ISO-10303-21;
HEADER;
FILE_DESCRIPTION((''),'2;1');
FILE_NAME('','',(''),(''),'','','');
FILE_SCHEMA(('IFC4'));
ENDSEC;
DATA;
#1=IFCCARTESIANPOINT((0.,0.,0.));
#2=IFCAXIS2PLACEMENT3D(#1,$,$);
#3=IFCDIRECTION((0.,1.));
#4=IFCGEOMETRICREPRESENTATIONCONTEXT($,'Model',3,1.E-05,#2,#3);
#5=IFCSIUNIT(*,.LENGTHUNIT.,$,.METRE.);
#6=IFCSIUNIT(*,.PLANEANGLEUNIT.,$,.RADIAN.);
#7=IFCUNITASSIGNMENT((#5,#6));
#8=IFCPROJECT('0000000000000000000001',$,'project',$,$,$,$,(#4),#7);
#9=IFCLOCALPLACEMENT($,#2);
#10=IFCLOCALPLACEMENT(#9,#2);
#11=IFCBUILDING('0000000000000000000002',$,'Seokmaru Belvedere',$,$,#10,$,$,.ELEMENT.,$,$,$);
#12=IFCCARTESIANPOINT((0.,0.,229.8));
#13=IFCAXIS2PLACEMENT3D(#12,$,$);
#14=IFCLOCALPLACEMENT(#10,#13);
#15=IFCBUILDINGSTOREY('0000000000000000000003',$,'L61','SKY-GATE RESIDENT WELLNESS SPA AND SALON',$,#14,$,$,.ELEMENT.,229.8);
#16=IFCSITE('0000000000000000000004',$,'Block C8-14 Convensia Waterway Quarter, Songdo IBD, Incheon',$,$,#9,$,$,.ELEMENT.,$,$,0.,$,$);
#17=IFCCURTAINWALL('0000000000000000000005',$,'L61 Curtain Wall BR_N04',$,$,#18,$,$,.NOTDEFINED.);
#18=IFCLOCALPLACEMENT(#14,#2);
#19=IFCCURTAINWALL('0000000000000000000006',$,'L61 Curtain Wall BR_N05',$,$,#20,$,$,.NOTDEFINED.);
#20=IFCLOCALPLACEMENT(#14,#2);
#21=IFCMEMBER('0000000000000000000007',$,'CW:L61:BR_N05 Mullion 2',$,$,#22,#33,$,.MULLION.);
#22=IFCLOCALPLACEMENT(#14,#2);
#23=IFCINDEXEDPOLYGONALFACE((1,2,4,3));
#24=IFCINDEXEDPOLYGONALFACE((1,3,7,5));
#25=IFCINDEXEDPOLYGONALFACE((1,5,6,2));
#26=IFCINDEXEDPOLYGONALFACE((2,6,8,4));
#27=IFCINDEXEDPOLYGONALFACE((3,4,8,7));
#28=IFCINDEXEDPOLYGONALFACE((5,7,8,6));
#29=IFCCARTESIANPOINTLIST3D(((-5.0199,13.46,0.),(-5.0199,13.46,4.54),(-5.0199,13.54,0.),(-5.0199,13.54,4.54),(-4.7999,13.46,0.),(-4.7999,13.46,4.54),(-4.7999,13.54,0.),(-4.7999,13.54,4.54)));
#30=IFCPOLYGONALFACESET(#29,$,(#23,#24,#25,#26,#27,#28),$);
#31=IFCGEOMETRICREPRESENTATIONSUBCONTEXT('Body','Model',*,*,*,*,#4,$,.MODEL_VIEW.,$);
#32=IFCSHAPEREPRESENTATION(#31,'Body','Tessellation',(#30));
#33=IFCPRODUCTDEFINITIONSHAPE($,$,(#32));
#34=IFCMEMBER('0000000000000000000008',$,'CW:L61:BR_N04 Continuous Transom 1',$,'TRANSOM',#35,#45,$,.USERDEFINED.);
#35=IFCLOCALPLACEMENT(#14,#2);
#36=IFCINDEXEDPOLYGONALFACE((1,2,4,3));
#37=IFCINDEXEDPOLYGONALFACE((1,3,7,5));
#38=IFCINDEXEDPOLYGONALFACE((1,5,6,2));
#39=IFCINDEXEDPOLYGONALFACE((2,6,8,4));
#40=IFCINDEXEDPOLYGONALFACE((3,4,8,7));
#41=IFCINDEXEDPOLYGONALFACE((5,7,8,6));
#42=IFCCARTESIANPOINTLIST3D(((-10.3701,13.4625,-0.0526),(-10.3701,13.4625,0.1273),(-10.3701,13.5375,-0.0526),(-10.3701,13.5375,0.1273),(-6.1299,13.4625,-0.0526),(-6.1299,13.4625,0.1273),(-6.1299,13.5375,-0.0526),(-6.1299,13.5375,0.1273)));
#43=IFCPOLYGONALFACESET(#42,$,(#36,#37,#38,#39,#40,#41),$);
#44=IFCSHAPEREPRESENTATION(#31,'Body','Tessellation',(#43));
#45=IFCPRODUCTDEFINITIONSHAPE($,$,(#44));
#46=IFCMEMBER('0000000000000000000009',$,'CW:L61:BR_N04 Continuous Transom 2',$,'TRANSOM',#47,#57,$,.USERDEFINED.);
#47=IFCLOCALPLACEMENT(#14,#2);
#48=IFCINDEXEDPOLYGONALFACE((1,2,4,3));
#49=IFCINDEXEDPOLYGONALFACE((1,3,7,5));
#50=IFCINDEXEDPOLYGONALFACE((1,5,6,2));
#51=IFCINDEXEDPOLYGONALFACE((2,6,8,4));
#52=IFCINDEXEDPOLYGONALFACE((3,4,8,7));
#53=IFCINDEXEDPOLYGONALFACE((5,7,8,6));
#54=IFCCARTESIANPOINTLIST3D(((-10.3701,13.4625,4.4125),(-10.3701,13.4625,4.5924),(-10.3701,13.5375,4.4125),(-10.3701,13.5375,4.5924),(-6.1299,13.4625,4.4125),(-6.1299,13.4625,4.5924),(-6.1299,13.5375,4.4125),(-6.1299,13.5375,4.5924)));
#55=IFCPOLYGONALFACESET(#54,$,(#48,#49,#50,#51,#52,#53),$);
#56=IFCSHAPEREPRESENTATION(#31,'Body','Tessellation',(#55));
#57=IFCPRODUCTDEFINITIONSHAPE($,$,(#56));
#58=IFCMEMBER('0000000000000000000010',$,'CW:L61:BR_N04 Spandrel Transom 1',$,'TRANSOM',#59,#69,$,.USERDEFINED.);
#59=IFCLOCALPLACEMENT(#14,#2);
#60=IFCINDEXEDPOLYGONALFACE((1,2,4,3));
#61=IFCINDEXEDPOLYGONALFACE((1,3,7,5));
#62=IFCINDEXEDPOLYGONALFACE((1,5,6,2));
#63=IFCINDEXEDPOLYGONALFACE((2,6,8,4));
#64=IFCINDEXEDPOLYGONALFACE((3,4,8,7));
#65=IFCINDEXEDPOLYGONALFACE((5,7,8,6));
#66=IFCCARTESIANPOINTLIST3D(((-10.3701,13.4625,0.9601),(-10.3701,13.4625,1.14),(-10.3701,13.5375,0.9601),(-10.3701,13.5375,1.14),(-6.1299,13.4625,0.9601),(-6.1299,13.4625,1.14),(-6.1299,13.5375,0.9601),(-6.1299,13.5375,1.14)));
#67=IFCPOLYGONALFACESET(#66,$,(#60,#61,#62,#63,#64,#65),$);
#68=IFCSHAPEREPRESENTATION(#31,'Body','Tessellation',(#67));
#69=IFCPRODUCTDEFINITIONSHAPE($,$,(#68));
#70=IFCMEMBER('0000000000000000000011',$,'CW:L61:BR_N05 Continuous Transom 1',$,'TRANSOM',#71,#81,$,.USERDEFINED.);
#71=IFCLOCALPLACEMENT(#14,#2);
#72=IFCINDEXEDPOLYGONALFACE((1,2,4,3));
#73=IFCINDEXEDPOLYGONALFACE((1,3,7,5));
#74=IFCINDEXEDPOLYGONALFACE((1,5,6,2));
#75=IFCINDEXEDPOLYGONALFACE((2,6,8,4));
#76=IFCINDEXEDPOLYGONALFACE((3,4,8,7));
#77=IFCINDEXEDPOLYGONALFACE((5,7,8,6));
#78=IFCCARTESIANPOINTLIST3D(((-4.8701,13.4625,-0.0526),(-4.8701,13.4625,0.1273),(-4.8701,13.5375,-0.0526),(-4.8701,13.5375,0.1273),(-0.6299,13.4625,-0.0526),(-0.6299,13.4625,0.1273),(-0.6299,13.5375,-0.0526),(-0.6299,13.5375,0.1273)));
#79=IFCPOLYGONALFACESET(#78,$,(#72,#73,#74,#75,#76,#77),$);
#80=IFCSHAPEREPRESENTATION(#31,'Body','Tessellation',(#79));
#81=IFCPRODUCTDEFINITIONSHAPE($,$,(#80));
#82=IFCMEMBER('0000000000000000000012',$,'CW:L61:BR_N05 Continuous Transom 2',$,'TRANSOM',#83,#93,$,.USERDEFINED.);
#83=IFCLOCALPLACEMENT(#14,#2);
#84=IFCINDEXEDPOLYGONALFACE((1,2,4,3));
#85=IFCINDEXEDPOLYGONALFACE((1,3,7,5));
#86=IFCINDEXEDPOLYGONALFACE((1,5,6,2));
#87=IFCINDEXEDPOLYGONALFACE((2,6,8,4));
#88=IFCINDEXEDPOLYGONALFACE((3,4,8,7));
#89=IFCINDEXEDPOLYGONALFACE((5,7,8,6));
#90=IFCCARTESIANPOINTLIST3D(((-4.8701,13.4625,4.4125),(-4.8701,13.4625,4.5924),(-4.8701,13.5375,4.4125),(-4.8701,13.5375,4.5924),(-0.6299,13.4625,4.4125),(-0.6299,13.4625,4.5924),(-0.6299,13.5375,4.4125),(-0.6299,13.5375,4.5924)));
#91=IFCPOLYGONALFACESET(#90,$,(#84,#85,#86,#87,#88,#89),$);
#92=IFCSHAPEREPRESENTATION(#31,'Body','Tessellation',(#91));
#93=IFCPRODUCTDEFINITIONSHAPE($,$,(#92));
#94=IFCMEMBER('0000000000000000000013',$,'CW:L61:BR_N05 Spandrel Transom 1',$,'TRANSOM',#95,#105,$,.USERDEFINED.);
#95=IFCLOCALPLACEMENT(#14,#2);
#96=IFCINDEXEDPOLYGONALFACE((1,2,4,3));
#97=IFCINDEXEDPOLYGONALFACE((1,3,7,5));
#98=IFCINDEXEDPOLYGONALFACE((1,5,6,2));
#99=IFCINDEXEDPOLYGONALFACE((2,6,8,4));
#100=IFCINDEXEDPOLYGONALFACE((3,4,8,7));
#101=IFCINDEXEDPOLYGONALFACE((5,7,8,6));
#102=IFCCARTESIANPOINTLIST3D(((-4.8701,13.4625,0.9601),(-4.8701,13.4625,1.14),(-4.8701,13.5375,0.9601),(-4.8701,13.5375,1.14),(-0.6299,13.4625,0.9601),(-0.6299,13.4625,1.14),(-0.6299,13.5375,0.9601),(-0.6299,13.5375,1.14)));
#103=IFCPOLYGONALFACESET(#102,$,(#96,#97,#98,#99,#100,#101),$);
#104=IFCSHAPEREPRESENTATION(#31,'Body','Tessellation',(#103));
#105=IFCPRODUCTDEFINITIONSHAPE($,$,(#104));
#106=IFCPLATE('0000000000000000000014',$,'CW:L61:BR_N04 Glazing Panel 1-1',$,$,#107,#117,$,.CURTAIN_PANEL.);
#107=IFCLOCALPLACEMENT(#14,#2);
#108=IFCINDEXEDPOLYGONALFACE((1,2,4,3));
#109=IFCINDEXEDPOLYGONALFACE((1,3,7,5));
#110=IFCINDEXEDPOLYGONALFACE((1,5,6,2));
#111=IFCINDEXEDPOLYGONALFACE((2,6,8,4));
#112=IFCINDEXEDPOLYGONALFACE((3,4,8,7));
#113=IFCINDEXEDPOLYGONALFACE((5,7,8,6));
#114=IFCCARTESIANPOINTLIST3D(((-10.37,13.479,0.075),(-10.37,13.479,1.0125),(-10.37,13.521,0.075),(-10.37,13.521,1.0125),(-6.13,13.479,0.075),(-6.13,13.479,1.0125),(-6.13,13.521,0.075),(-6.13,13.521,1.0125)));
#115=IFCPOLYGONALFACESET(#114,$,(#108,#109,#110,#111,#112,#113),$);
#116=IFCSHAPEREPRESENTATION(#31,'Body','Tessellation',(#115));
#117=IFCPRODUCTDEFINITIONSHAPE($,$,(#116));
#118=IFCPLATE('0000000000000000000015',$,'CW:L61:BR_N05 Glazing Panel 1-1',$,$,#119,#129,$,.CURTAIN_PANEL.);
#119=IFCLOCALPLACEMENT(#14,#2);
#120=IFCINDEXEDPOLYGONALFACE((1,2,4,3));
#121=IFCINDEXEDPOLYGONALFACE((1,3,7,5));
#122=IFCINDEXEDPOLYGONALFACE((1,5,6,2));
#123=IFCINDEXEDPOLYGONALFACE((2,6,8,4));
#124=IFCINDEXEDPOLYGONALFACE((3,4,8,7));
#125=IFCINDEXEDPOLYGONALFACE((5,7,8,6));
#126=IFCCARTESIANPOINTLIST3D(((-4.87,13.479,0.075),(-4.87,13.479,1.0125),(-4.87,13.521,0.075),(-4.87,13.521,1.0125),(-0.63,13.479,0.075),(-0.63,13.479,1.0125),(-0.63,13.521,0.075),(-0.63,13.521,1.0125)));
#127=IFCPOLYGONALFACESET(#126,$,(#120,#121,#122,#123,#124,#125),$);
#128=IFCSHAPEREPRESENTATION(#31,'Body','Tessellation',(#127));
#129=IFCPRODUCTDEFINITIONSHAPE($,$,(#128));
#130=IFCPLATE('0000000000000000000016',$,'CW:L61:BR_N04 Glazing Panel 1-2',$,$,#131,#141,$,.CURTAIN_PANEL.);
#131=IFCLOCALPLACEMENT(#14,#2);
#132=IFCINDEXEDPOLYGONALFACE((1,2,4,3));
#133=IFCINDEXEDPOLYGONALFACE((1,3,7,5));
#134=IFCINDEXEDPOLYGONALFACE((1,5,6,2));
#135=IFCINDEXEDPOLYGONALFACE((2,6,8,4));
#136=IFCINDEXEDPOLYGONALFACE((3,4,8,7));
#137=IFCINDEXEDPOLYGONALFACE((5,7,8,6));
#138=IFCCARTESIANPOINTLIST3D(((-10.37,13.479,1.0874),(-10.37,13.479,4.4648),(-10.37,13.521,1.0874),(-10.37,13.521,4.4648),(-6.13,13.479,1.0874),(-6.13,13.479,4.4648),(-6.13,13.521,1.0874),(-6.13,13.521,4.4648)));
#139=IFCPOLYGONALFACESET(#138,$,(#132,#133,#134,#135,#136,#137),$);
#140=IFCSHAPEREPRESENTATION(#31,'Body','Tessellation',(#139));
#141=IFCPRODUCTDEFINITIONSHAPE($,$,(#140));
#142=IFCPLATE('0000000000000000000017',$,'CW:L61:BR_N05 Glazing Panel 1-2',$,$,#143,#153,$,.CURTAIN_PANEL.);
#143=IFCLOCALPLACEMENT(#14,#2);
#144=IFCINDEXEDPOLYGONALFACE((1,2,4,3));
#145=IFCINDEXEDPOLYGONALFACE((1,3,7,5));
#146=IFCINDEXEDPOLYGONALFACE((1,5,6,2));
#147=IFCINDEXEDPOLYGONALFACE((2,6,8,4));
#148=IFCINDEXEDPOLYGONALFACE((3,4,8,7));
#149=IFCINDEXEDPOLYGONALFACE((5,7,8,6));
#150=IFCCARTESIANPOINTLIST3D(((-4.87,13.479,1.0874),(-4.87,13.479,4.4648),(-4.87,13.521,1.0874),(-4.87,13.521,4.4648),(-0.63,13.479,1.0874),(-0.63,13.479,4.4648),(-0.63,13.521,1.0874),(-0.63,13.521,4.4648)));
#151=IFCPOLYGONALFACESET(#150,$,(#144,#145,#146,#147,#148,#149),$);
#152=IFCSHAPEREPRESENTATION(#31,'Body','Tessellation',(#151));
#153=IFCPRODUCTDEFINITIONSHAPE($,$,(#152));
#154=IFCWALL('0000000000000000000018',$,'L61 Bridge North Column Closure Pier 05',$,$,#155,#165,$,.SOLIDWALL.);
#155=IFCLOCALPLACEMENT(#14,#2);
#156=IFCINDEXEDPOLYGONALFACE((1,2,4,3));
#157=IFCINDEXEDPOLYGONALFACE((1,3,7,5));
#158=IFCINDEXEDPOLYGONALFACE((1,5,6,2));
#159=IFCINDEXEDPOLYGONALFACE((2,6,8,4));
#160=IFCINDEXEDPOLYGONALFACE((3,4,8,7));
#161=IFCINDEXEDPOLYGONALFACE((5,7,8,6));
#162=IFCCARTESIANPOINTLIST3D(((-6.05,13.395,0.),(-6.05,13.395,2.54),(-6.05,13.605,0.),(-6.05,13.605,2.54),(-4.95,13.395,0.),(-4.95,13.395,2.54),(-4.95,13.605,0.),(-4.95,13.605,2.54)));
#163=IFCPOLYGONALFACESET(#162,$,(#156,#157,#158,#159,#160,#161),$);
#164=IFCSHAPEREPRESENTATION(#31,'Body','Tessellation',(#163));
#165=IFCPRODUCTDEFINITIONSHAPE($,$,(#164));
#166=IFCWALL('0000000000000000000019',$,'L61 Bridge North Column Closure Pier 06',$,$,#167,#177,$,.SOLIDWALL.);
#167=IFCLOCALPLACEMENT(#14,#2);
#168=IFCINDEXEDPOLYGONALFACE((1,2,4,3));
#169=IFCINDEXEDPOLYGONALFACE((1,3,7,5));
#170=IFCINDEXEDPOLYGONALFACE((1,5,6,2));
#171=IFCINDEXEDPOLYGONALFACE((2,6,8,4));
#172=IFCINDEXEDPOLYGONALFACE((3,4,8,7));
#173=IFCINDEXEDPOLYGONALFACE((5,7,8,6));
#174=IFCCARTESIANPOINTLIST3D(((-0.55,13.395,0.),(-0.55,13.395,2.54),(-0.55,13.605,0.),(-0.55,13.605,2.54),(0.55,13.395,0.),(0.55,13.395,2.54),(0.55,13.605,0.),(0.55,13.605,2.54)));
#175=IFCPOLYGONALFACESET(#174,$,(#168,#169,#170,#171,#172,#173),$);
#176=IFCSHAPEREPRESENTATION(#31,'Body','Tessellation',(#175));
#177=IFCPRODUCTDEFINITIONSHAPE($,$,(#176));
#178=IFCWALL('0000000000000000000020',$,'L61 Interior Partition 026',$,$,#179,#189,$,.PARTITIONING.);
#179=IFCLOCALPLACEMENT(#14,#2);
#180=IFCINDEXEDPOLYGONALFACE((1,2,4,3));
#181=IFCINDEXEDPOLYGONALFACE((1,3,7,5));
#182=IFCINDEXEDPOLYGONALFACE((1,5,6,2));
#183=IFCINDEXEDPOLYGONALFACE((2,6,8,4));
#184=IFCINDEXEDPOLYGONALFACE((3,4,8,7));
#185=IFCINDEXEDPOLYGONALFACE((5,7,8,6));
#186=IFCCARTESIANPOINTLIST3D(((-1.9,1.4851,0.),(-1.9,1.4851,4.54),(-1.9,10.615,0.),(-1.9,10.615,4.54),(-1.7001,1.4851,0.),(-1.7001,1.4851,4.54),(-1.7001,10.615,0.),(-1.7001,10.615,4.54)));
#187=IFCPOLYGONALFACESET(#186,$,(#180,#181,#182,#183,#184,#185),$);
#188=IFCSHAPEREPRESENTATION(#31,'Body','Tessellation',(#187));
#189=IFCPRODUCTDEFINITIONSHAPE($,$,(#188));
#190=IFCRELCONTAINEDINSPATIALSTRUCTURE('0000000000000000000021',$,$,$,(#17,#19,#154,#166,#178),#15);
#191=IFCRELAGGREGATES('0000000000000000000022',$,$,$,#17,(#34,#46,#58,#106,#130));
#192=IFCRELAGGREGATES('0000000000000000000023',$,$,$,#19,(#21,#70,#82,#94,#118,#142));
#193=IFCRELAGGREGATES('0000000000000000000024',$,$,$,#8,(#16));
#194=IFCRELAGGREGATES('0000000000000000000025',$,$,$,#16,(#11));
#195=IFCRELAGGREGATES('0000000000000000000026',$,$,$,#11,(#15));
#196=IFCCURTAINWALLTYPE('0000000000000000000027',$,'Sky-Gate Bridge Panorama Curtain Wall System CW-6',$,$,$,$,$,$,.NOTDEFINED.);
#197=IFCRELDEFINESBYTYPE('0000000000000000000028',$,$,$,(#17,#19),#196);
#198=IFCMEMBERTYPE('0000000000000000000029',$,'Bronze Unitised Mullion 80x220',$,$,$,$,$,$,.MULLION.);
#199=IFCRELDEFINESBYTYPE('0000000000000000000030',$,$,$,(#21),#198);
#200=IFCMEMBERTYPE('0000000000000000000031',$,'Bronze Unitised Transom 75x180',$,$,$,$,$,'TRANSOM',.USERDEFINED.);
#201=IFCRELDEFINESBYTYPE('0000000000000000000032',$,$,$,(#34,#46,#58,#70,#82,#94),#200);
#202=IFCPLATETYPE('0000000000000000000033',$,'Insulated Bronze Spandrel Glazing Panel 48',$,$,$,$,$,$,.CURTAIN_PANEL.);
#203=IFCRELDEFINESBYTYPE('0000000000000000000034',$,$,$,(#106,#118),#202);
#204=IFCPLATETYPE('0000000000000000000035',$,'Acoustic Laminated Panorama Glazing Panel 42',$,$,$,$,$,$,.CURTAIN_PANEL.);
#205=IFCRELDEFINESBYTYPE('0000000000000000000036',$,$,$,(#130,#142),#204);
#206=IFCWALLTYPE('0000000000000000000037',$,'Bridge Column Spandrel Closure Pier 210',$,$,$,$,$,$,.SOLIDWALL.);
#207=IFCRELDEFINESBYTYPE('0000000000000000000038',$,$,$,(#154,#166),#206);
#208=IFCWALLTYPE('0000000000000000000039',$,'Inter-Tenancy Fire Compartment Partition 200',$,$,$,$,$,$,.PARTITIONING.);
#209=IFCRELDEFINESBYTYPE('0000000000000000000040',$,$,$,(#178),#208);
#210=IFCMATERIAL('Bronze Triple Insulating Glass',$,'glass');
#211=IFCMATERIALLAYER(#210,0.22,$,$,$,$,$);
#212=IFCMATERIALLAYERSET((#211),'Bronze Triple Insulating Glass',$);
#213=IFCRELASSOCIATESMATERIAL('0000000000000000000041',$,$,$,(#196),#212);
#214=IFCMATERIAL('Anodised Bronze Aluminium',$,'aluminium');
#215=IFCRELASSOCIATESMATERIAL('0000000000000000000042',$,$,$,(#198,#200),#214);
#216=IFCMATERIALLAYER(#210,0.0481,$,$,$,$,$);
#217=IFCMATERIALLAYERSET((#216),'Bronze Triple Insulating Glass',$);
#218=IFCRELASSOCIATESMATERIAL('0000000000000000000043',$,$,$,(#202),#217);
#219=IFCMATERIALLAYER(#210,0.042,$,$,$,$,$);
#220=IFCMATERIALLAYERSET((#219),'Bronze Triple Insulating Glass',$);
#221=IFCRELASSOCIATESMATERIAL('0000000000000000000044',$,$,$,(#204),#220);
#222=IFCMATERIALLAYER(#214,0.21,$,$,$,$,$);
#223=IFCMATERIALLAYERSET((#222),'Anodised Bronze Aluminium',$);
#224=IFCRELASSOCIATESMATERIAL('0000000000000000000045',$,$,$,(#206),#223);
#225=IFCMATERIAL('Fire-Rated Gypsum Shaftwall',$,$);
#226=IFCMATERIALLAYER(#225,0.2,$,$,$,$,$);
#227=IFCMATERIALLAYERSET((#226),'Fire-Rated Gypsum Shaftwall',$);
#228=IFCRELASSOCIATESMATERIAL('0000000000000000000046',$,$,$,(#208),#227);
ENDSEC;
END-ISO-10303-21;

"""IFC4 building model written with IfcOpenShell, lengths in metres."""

from ifc_helpers import new_model, si_unit, direction, frame, frame_2d, origin, origin_2d, place, context, subcontext, project, spatial, rectangle, extrude, source, transform, mapped, material, layer, layer_set, material_profile, profile_set, type_object, type_shapes, element, aggregate, save


model = new_model("IFC4")

# Units and contexts
model_context = context("Model", 3, precision=1e-05, world=origin(), true_north=direction((0.0, 1.0)))
body_context = subcontext(model_context, "Body", "Model", "MODEL_VIEW")
ifc_project = project(units=[si_unit("LENGTHUNIT", "METRE"), si_unit("PLANEANGLEUNIT", "RADIAN")], contexts=[model_context])

# Site, building, storey
site_placement = place(None, origin())
site = spatial("IfcSite", under=ifc_project, at=site_placement, Name="Block C8-14 Convensia Waterway Quarter, Songdo IBD, Incheon", CompositionType="ELEMENT", RefElevation=0.0)
building_placement = place(site_placement, origin())
building = spatial("IfcBuilding", under=site, at=building_placement, Name="Seokmaru Belvedere", CompositionType="ELEMENT")
storey_placement = place(building_placement, frame((0.0, 0.0, 229.8)))
storey = spatial("IfcBuildingStorey", under=building, at=storey_placement, Name="L61", Description="SKY-GATE RESIDENT WELLNESS SPA AND SALON", CompositionType="ELEMENT", Elevation=229.8)

# Curtain walls, member
ifc_material_1 = material(Name="Bronze Triple Insulating Glass", Category="glass")
ifc_layer_1 = layer(ifc_material_1, 0.22)
ifc_layer_set_1 = layer_set([ifc_layer_1], Name="Bronze Triple Insulating Glass")
curtain_wall_type = type_object("IfcCurtainWallType", Name="Sky-Gate Bridge Panorama Curtain Wall System CW-6", PredefinedType="NOTDEFINED", material=ifc_layer_set_1)
curtain_wall_1_placement = place(storey_placement, origin())
curtain_wall_1 = element("IfcCurtainWall", 1, at=curtain_wall_1_placement, inside=storey, type_object=curtain_wall_type, Name="L61 Curtain Wall BR_N04", PredefinedType="NOTDEFINED")
ifc_material_2 = material(Name="Anodised Bronze Aluminium", Category="aluminium")
ifc_material_profile_1 = material_profile(ifc_material_2, rectangle(XDim=0.0801, YDim=0.22, at=origin_2d()), Name="CW-M-80x220")
ifc_profile_set_1 = profile_set([ifc_material_profile_1], Name="Anodised Bronze Aluminium")
member_type_1 = type_object("IfcMemberType", Name="Bronze Unitised Mullion 80x220", PredefinedType="MULLION", material=ifc_profile_set_1)
shared_shape_1 = source(origin(), body_context, "Body", "SweptSolid", [
    extrude(rectangle(XDim=0.0801, YDim=0.22, at=origin_2d()), origin(), (0.0, 0.0, 1.0), 4.54),
])
type_shapes(member_type_1, [shared_shape_1])
curtain_wall_2_placement = place(storey_placement, origin())
curtain_wall_2 = element("IfcCurtainWall", 2, at=curtain_wall_2_placement, inside=storey, type_object=curtain_wall_type, Name="L61 Curtain Wall BR_N05", PredefinedType="NOTDEFINED")
member_1_placement = place(storey_placement, frame((-4.9099, 13.5, 0.0), z_axis=(0.0, 0.0, 1.0), x_axis=(0.0, -1.0, 0.0)))
member_1 = element("IfcMember", 3, at=member_1_placement, type_object=member_type_1, Name="CW:L61:BR_N05 Mullion 2", PredefinedType="MULLION", context=body_context, shape_type="MappedRepresentation", body=[
    mapped(shared_shape_1, transform((0.0, 0.0, 0.0), scale=1.0)),
])

# Members
ifc_material_profile_2 = material_profile(ifc_material_2, rectangle(XDim=0.075, YDim=0.1799, at=origin_2d()), Name="CW-T-75x180")
ifc_profile_set_2 = profile_set([ifc_material_profile_2], Name="Anodised Bronze Aluminium")
member_type_2 = type_object("IfcMemberType", Name="Bronze Unitised Transom 75x180", ElementType="TRANSOM", PredefinedType="USERDEFINED", material=ifc_profile_set_2)
shared_shape_2 = source(origin(), body_context, "Body", "SweptSolid", [
    extrude(rectangle(XDim=0.075, YDim=0.1799, at=origin_2d()), origin(), (0.0, 0.0, 1.0), 4.2402),
])
type_shapes(member_type_2, [shared_shape_2])
member_2_placement = place(storey_placement, frame((-6.1299, 13.5, 0.0374), z_axis=(-1.0, 0.0, 0.0), x_axis=(0.0, -1.0, 0.0)))
member_2 = element("IfcMember", 4, at=member_2_placement, type_object=member_type_2, Name="CW:L61:BR_N04 Continuous Transom 1", ObjectType="TRANSOM", PredefinedType="USERDEFINED", context=body_context, shape_type="MappedRepresentation", body=[
    mapped(shared_shape_2, transform((0.0, 0.0, 0.0), scale=1.0)),
])
member_3_placement = place(storey_placement, frame((-6.1299, 13.5, 4.5024), z_axis=(-1.0, 0.0, 0.0), x_axis=(0.0, -1.0, 0.0)))
member_3 = element("IfcMember", 5, at=member_3_placement, type_object=member_type_2, Name="CW:L61:BR_N04 Continuous Transom 2", ObjectType="TRANSOM", PredefinedType="USERDEFINED", context=body_context, shape_type="MappedRepresentation", body=[
    mapped(shared_shape_2, transform((0.0, 0.0, 0.0), scale=1.0)),
])
member_4_placement = place(storey_placement, frame((-6.1299, 13.5, 1.05), z_axis=(-1.0, 0.0, 0.0), x_axis=(0.0, -1.0, 0.0)))
member_4 = element("IfcMember", 6, at=member_4_placement, type_object=member_type_2, Name="CW:L61:BR_N04 Spandrel Transom 1", ObjectType="TRANSOM", PredefinedType="USERDEFINED", context=body_context, shape_type="MappedRepresentation", body=[
    mapped(shared_shape_2, transform((0.0, 0.0, 0.0), scale=1.0)),
])
member_5_placement = place(storey_placement, frame((-0.6299, 13.5, 0.0374), z_axis=(-1.0, 0.0, 0.0), x_axis=(0.0, -1.0, 0.0)))
member_5 = element("IfcMember", 7, at=member_5_placement, type_object=member_type_2, Name="CW:L61:BR_N05 Continuous Transom 1", ObjectType="TRANSOM", PredefinedType="USERDEFINED", context=body_context, shape_type="MappedRepresentation", body=[
    mapped(shared_shape_2, transform((0.0, 0.0, 0.0), scale=1.0)),
])
member_6_placement = place(storey_placement, frame((-0.6299, 13.5, 4.5024), z_axis=(-1.0, 0.0, 0.0), x_axis=(0.0, -1.0, 0.0)))
member_6 = element("IfcMember", 8, at=member_6_placement, type_object=member_type_2, Name="CW:L61:BR_N05 Continuous Transom 2", ObjectType="TRANSOM", PredefinedType="USERDEFINED", context=body_context, shape_type="MappedRepresentation", body=[
    mapped(shared_shape_2, transform((0.0, 0.0, 0.0), scale=1.0)),
])
member_7_placement = place(storey_placement, frame((-0.6299, 13.5, 1.05), z_axis=(-1.0, 0.0, 0.0), x_axis=(0.0, -1.0, 0.0)))
member_7 = element("IfcMember", 9, at=member_7_placement, type_object=member_type_2, Name="CW:L61:BR_N05 Spandrel Transom 1", ObjectType="TRANSOM", PredefinedType="USERDEFINED", context=body_context, shape_type="MappedRepresentation", body=[
    mapped(shared_shape_2, transform((0.0, 0.0, 0.0), scale=1.0)),
])

# Plates
ifc_layer_2 = layer(ifc_material_1, 0.0481)
ifc_layer_set_2 = layer_set([ifc_layer_2], Name="Bronze Triple Insulating Glass")
plate_type_1 = type_object("IfcPlateType", Name="Insulated Bronze Spandrel Glazing Panel 48", PredefinedType="CURTAIN_PANEL", material=ifc_layer_set_2)
shared_shape_3 = source(origin(), body_context, "Body", "SweptSolid", [
    extrude(rectangle(XDim=4.24, YDim=0.042, at=origin_2d()), origin(), (0.0, 0.0, 1.0), 0.9375),
])
type_shapes(plate_type_1, [shared_shape_3])
plate_1_placement = place(storey_placement, frame((-8.25, 13.5, 0.075), z_axis=(0.0, 0.0, 1.0), x_axis=(-1.0, 0.0, 0.0)))
plate_1 = element("IfcPlate", 10, at=plate_1_placement, type_object=plate_type_1, Name="CW:L61:BR_N04 Glazing Panel 1-1", PredefinedType="CURTAIN_PANEL", context=body_context, shape_type="MappedRepresentation", body=[
    mapped(shared_shape_3, transform((0.0, 0.0, 0.0), scale=1.0)),
])
plate_2_placement = place(storey_placement, frame((-2.75, 13.5, 0.075), z_axis=(0.0, 0.0, 1.0), x_axis=(-1.0, 0.0, 0.0)))
plate_2 = element("IfcPlate", 11, at=plate_2_placement, type_object=plate_type_1, Name="CW:L61:BR_N05 Glazing Panel 1-1", PredefinedType="CURTAIN_PANEL", context=body_context, shape_type="MappedRepresentation", body=[
    mapped(shared_shape_3, transform((0.0, 0.0, 0.0), scale=1.0)),
])
ifc_layer_3 = layer(ifc_material_1, 0.042)
ifc_layer_set_3 = layer_set([ifc_layer_3], Name="Bronze Triple Insulating Glass")
plate_type_2 = type_object("IfcPlateType", Name="Acoustic Laminated Panorama Glazing Panel 42", PredefinedType="CURTAIN_PANEL", material=ifc_layer_set_3)
shared_shape_4 = source(origin(), body_context, "Body", "SweptSolid", [
    extrude(rectangle(XDim=4.24, YDim=0.042, at=origin_2d()), origin(), (0.0, 0.0, 1.0), 3.3774),
])
type_shapes(plate_type_2, [shared_shape_4])
plate_3_placement = place(storey_placement, frame((-8.25, 13.5, 1.0874), z_axis=(0.0, 0.0, 1.0), x_axis=(-1.0, 0.0, 0.0)))
plate_3 = element("IfcPlate", 12, at=plate_3_placement, type_object=plate_type_2, Name="CW:L61:BR_N04 Glazing Panel 1-2", PredefinedType="CURTAIN_PANEL", context=body_context, shape_type="MappedRepresentation", body=[
    mapped(shared_shape_4, transform((0.0, 0.0, 0.0), scale=1.0)),
])
aggregate(curtain_wall_1, [member_2, member_3, member_4, plate_1, plate_3])
plate_4_placement = place(storey_placement, frame((-2.75, 13.5, 1.0874), z_axis=(0.0, 0.0, 1.0), x_axis=(-1.0, 0.0, 0.0)))
plate_4 = element("IfcPlate", 13, at=plate_4_placement, type_object=plate_type_2, Name="CW:L61:BR_N05 Glazing Panel 1-2", PredefinedType="CURTAIN_PANEL", context=body_context, shape_type="MappedRepresentation", body=[
    mapped(shared_shape_4, transform((0.0, 0.0, 0.0), scale=1.0)),
])
aggregate(curtain_wall_2, [member_1, member_5, member_6, member_7, plate_2, plate_4])

# Walls
ifc_layer_4 = layer(ifc_material_2, 0.21)
ifc_layer_set_4 = layer_set([ifc_layer_4], Name="Anodised Bronze Aluminium")
wall_type_1 = type_object("IfcWallType", Name="Bridge Column Spandrel Closure Pier 210", PredefinedType="SOLIDWALL", material=ifc_layer_set_4)
for number, where, z_axis, x_axis, name in (
    (14, (-6.05, 13.5, 0.0), (0.0, 0.0, 1.0), (1.0, 0.0, 0.0), "L61 Bridge North Column Closure Pier 05"),
    (15, (-0.55, 13.5, 0.0), (0.0, 0.0, 1.0), (1.0, 0.0, 0.0), "L61 Bridge North Column Closure Pier 06"),
):
    element("IfcWall", number, at=place(storey_placement, frame(where, z_axis=z_axis, x_axis=x_axis)), inside=storey, type_object=wall_type_1, Name=name, PredefinedType="SOLIDWALL", context=body_context, shape_type="SweptSolid", body=[
        extrude(rectangle(XDim=1.1001, YDim=0.21, at=frame_2d((0.55, 0.0))), origin(), (0.0, 0.0, 1.0), 2.54),
    ])
ifc_material_3 = material(Name="Fire-Rated Gypsum Shaftwall")
ifc_layer_5 = layer(ifc_material_3, 0.2)
ifc_layer_set_5 = layer_set([ifc_layer_5], Name="Fire-Rated Gypsum Shaftwall")
wall_type_2 = type_object("IfcWallType", Name="Inter-Tenancy Fire Compartment Partition 200", PredefinedType="PARTITIONING", material=ifc_layer_set_5)
wall_placement = place(storey_placement, frame((-1.8, 1.4851, 0.0), z_axis=(0.0, 0.0, 1.0), x_axis=(0.0, 1.0, 0.0)))
element("IfcWall", 16, at=wall_placement, inside=storey, type_object=wall_type_2, Name="L61 Interior Partition 026", PredefinedType="PARTITIONING", context=body_context, shape_type="SweptSolid", body=[
    extrude(rectangle(XDim=9.1299, YDim=0.2, at=frame_2d((4.5649, 0.0))), origin(), (0.0, 0.0, 1.0), 4.54),
])

save(model, "model.ifc")
